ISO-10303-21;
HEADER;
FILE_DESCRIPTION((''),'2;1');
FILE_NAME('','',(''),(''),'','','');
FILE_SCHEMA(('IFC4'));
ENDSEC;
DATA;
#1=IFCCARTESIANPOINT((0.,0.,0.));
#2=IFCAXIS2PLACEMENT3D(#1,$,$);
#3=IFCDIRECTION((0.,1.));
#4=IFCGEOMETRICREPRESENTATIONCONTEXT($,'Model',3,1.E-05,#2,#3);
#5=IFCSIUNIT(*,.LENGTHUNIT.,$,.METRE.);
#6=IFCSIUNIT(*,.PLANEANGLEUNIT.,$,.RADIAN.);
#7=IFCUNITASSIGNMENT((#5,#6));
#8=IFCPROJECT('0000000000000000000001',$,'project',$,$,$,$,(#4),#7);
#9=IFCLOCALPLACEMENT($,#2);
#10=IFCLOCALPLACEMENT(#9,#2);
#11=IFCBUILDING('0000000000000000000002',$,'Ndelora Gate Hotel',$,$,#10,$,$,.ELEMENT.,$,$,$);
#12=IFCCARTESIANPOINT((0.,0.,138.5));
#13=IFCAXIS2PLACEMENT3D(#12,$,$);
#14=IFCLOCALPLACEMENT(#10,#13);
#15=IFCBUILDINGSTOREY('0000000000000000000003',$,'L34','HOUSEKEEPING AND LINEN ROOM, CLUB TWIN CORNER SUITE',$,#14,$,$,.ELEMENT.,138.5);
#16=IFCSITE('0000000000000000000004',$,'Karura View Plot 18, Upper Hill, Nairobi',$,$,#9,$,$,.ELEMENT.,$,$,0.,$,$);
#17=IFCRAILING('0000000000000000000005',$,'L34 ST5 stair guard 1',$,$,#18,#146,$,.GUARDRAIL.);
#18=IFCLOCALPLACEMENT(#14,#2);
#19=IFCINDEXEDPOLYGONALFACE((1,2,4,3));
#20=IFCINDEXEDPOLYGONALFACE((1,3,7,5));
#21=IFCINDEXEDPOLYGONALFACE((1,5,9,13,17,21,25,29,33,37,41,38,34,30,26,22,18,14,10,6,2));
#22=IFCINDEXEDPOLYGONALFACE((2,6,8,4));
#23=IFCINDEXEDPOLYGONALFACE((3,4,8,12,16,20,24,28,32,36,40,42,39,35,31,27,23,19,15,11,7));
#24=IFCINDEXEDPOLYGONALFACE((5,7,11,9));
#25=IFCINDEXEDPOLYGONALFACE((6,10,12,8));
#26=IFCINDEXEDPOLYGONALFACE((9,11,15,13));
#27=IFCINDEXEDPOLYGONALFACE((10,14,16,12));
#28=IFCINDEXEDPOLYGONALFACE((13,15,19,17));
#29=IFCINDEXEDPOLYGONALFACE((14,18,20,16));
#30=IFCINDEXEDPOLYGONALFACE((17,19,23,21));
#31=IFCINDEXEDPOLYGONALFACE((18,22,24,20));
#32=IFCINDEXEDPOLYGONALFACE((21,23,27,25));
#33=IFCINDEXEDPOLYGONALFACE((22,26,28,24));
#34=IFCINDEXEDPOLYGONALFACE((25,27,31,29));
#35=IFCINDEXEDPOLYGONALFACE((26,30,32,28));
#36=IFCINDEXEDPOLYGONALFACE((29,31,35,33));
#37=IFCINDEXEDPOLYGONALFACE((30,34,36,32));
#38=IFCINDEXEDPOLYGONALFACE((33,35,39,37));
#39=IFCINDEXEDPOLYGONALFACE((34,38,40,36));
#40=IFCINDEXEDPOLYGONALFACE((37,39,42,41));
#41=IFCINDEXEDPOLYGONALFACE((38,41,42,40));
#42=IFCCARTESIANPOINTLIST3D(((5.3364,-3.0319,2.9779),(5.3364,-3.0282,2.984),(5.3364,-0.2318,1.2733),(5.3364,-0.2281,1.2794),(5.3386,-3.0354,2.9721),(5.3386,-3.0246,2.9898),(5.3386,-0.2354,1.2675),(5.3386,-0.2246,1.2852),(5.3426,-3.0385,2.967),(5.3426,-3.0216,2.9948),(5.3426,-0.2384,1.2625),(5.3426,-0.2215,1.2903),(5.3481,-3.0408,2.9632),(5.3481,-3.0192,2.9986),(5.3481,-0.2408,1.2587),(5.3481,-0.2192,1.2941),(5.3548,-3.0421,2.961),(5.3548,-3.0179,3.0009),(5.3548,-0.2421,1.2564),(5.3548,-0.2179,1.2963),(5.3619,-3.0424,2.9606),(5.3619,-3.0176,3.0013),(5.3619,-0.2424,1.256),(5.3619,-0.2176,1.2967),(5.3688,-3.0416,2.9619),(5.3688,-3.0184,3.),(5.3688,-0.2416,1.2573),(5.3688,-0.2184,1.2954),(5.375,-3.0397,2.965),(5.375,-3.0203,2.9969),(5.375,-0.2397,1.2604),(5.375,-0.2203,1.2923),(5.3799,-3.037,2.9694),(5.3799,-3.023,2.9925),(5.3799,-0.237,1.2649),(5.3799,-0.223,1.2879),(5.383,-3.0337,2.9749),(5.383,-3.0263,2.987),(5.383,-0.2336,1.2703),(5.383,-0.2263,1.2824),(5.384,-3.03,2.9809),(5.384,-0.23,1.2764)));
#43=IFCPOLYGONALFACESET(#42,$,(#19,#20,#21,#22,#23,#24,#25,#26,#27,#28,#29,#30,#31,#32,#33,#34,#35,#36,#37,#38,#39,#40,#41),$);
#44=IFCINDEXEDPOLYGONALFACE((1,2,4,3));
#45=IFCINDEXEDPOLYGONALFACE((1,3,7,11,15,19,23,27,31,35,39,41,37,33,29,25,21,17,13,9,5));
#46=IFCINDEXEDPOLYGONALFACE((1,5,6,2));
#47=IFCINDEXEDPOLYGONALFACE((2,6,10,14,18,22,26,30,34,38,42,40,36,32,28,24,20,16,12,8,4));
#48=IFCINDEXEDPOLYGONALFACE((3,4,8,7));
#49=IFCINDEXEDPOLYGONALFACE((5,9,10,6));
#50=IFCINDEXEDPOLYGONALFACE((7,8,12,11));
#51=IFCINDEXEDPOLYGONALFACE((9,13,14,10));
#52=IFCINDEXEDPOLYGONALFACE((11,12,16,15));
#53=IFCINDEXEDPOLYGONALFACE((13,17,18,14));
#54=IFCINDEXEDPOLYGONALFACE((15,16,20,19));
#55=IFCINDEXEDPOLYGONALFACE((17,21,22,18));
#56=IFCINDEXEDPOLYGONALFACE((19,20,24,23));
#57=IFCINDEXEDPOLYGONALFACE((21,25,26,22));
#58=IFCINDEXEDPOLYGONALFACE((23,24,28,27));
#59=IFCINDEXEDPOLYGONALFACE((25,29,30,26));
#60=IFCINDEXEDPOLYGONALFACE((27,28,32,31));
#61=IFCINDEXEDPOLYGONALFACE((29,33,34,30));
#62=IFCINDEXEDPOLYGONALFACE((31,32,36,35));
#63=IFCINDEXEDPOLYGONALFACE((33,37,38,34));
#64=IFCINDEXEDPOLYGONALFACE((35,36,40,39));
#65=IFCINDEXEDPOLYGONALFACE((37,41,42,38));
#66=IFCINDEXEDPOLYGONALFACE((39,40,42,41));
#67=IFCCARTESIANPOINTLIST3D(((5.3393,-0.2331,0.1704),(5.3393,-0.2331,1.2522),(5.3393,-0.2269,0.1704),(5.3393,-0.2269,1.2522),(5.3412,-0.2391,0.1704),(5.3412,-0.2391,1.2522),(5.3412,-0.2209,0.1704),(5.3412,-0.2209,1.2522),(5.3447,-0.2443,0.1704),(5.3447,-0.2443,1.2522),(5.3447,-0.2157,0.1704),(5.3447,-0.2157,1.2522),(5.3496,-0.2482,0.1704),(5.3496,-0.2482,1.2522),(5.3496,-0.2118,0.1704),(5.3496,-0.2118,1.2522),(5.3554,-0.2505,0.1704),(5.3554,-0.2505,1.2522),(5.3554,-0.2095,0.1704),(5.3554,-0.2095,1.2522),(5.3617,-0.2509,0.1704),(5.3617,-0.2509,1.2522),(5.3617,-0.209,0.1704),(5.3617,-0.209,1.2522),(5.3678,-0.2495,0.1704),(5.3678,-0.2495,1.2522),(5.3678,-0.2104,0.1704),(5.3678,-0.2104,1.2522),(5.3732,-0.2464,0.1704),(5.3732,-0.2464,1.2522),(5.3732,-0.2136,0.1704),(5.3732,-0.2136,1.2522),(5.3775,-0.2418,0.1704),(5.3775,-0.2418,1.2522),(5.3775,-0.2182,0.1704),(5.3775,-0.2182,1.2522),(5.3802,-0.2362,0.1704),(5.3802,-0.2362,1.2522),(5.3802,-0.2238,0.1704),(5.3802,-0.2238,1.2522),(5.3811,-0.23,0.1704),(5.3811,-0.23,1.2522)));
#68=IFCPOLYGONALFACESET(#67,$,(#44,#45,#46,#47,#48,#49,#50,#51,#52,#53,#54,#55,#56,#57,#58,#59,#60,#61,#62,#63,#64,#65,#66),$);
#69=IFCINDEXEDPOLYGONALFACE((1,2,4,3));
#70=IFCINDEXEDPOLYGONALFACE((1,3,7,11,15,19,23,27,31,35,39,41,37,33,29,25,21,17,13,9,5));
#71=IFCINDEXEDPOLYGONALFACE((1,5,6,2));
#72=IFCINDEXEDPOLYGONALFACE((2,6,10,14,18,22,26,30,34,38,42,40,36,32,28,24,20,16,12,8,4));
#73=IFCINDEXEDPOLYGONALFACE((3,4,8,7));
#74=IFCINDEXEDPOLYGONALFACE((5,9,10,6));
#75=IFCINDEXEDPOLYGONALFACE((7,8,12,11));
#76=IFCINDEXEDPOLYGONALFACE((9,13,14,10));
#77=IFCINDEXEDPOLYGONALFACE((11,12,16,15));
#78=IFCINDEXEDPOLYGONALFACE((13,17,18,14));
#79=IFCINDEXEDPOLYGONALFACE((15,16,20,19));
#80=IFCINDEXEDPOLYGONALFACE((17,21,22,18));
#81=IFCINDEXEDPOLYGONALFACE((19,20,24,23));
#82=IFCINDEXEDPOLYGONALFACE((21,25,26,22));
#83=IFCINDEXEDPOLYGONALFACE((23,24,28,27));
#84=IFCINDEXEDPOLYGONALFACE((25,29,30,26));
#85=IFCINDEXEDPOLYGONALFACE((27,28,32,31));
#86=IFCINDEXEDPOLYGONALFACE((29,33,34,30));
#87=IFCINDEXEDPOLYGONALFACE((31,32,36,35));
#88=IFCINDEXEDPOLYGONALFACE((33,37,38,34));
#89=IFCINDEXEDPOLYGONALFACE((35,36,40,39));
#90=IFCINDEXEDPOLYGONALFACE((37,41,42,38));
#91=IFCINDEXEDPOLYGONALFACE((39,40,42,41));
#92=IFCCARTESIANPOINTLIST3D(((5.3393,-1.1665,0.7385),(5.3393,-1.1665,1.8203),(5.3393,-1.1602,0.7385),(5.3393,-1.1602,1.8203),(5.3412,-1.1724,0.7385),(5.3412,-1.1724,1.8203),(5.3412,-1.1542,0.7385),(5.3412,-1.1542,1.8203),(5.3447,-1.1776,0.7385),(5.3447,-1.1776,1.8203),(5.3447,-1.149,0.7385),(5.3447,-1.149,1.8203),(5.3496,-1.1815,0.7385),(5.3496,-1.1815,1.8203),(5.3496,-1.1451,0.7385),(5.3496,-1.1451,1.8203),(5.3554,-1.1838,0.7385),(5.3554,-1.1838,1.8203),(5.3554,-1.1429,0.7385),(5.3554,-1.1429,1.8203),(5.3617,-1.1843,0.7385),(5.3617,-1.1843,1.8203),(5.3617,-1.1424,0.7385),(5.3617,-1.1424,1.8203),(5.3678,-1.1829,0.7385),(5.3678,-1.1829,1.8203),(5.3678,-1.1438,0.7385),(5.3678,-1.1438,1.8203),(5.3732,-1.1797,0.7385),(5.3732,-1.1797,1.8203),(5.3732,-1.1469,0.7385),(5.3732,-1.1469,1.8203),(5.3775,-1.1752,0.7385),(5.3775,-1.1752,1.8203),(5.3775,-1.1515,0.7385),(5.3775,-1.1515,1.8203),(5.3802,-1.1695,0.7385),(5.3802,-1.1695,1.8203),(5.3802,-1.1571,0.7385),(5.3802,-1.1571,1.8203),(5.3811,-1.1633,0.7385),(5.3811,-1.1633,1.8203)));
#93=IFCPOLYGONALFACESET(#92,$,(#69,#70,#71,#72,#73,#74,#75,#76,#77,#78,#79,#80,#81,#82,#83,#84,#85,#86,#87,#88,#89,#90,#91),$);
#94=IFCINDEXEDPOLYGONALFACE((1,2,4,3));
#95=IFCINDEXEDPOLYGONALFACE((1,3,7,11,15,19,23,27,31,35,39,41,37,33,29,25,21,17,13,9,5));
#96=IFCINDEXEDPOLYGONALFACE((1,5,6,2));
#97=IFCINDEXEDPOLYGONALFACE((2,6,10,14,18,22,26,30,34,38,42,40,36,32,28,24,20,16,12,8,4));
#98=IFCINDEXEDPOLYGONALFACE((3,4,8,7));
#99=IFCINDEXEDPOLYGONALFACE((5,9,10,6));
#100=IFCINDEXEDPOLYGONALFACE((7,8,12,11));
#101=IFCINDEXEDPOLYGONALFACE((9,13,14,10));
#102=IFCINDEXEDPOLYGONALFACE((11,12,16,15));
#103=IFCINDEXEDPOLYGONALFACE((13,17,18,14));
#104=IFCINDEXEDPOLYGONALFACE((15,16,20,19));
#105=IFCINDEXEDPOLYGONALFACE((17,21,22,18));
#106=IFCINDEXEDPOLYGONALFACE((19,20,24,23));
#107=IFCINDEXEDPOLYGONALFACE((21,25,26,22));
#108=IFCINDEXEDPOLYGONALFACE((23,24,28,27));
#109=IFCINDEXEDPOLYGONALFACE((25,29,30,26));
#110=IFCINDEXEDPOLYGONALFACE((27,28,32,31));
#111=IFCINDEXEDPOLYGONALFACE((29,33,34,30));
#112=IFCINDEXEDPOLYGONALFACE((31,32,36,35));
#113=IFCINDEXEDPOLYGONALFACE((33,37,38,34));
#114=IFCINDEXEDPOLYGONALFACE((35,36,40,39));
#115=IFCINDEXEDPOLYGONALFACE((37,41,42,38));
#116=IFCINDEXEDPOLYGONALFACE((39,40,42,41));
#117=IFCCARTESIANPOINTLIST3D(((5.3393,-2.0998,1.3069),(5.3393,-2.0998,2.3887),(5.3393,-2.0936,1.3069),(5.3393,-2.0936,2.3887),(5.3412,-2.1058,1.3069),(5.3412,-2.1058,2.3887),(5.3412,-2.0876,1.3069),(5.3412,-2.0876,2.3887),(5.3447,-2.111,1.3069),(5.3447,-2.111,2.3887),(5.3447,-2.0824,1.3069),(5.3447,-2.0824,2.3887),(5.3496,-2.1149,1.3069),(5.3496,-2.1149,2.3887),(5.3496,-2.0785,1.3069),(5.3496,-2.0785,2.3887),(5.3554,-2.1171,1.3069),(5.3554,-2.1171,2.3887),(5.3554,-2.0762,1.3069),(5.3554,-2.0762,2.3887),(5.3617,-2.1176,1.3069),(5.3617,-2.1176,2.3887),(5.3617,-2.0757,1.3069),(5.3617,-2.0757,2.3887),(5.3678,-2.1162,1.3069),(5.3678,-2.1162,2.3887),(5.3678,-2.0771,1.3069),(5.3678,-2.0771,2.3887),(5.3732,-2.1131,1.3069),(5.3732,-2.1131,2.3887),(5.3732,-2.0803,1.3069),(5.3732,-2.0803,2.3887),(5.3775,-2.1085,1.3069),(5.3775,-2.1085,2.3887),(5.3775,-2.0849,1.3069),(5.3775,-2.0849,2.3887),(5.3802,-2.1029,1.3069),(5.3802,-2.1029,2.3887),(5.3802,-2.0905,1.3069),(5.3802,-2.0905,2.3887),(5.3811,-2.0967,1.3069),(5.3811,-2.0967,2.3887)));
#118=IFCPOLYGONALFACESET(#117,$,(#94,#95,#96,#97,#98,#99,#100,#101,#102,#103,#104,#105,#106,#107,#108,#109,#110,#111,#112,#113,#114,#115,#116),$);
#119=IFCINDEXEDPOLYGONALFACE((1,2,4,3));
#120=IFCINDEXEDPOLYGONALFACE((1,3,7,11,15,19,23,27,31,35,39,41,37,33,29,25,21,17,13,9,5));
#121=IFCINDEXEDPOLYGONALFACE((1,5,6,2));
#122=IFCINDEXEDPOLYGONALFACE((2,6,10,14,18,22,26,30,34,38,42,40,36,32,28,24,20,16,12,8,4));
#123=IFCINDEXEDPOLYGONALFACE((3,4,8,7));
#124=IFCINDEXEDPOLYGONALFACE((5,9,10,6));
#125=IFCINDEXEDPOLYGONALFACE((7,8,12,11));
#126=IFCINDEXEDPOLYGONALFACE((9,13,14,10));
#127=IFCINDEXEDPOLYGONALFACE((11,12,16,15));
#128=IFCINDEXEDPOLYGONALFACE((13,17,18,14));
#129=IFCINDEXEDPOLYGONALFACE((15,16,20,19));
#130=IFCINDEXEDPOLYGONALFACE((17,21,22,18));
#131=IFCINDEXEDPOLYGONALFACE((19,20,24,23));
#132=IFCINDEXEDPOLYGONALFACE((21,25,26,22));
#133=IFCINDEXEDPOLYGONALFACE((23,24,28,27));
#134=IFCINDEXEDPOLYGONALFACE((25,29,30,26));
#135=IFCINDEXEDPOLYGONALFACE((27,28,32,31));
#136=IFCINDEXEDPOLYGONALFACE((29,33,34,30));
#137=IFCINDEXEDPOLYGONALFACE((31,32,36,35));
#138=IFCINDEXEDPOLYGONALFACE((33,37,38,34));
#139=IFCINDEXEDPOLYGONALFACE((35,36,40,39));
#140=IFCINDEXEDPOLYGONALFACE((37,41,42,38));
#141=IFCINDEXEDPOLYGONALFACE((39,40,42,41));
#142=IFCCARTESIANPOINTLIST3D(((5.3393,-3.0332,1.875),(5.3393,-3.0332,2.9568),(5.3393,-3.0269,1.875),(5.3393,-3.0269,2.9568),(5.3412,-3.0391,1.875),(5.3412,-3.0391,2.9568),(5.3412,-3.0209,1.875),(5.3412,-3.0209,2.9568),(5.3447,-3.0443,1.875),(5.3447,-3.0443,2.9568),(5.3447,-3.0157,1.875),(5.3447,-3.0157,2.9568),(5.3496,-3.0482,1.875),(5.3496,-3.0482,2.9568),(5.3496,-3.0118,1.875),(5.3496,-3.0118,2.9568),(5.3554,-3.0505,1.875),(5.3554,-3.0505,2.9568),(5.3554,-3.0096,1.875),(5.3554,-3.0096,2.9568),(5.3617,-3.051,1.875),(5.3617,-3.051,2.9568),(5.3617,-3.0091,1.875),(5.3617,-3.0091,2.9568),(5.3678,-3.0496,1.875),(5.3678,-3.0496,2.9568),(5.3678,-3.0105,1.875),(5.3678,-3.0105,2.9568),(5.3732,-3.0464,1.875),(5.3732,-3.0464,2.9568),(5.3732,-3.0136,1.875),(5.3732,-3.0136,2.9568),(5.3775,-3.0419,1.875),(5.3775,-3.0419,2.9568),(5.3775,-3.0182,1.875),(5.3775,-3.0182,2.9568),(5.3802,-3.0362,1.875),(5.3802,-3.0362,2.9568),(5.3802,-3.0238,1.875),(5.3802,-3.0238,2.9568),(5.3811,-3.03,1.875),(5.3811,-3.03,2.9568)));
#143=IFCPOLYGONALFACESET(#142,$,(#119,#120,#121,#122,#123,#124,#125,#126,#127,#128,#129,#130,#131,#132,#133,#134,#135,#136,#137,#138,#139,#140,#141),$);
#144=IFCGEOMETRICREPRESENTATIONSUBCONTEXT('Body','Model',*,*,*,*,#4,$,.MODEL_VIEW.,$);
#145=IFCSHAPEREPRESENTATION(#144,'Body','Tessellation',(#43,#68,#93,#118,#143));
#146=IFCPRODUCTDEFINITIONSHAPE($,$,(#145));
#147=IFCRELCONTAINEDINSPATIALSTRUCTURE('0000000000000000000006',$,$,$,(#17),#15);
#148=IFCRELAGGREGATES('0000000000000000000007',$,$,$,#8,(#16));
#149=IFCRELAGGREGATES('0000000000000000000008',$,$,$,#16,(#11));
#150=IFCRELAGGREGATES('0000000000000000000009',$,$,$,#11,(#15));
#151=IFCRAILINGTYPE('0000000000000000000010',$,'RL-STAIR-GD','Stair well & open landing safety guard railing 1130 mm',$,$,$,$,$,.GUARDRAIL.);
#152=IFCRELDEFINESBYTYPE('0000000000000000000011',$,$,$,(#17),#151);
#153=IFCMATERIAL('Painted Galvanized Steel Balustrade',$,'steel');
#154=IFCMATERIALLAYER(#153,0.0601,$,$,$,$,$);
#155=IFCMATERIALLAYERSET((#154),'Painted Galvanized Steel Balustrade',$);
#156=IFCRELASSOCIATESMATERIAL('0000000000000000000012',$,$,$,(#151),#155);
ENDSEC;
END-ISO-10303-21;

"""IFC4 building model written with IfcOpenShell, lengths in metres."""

from ifc_helpers import new_model, si_unit, direction, frame, origin, origin_2d, place, context, subcontext, project, spatial, circle, extrude, material, layer, layer_set, type_object, element, save


model = new_model("IFC4")

# Units and contexts
model_context = context("Model", 3, precision=1e-05, world=origin(), true_north=direction((0.0, 1.0)))
body_context = subcontext(model_context, "Body", "Model", "MODEL_VIEW")
ifc_project = project(units=[si_unit("LENGTHUNIT", "METRE"), si_unit("PLANEANGLEUNIT", "RADIAN")], contexts=[model_context])

# Site, building, storey
site_placement = place(None, origin())
site = spatial("IfcSite", under=ifc_project, at=site_placement, Name="Karura View Plot 18, Upper Hill, Nairobi", CompositionType="ELEMENT", RefElevation=0.0)
building_placement = place(site_placement, origin())
building = spatial("IfcBuilding", under=site, at=building_placement, Name="Ndelora Gate Hotel", CompositionType="ELEMENT")
storey_placement = place(building_placement, frame((0.0, 0.0, 138.5)))
storey = spatial("IfcBuildingStorey", under=building, at=storey_placement, Name="L34", Description="HOUSEKEEPING AND LINEN ROOM, CLUB TWIN CORNER SUITE", CompositionType="ELEMENT", Elevation=138.5)

# Railing
ifc_material_1 = material(Name="Painted Galvanized Steel Balustrade", Category="steel")
ifc_layer_1 = layer(ifc_material_1, 0.0601)
ifc_layer_set_1 = layer_set([ifc_layer_1], Name="Painted Galvanized Steel Balustrade")
railing_type_1 = type_object("IfcRailingType", Name="RL-STAIR-GD", Description="Stair well & open landing safety guard railing 1130 mm", PredefinedType="GUARDRAIL", material=ifc_layer_set_1)
railing_1_placement = place(storey_placement, frame((5.3601, -0.23, 0.1704)))
element("IfcRailing", 1, at=railing_1_placement, inside=storey, type_object=railing_type_1, Name="L34 ST5 stair guard 1", PredefinedType="GUARDRAIL", context=body_context, shape_type="SweptSolid", body=[
    extrude(circle(Radius=0.0239, at=origin_2d()), frame((0.0, 0.0, 1.106), z_axis=(0.0, -0.85417, 0.519994), x_axis=(1.0, 0.0, 0.0)), (0.0, 0.0, 1.0), 3.2781),
    extrude(circle(Radius=0.021, at=origin_2d()), origin(), (0.0, 0.0, 1.0), 1.0818),
    extrude(circle(Radius=0.021, at=origin_2d()), frame((0.0, -0.9333, 0.5681)), (0.0, 0.0, 1.0), 1.0818),
    extrude(circle(Radius=0.021, at=origin_2d()), frame((0.0, -1.8667, 1.1365)), (0.0, 0.0, 1.0), 1.0818),
    extrude(circle(Radius=0.021, at=origin_2d()), frame((0.0, -2.8, 1.7046)), (0.0, 0.0, 1.0), 1.0818),
])

save(model, "model.ifc")
